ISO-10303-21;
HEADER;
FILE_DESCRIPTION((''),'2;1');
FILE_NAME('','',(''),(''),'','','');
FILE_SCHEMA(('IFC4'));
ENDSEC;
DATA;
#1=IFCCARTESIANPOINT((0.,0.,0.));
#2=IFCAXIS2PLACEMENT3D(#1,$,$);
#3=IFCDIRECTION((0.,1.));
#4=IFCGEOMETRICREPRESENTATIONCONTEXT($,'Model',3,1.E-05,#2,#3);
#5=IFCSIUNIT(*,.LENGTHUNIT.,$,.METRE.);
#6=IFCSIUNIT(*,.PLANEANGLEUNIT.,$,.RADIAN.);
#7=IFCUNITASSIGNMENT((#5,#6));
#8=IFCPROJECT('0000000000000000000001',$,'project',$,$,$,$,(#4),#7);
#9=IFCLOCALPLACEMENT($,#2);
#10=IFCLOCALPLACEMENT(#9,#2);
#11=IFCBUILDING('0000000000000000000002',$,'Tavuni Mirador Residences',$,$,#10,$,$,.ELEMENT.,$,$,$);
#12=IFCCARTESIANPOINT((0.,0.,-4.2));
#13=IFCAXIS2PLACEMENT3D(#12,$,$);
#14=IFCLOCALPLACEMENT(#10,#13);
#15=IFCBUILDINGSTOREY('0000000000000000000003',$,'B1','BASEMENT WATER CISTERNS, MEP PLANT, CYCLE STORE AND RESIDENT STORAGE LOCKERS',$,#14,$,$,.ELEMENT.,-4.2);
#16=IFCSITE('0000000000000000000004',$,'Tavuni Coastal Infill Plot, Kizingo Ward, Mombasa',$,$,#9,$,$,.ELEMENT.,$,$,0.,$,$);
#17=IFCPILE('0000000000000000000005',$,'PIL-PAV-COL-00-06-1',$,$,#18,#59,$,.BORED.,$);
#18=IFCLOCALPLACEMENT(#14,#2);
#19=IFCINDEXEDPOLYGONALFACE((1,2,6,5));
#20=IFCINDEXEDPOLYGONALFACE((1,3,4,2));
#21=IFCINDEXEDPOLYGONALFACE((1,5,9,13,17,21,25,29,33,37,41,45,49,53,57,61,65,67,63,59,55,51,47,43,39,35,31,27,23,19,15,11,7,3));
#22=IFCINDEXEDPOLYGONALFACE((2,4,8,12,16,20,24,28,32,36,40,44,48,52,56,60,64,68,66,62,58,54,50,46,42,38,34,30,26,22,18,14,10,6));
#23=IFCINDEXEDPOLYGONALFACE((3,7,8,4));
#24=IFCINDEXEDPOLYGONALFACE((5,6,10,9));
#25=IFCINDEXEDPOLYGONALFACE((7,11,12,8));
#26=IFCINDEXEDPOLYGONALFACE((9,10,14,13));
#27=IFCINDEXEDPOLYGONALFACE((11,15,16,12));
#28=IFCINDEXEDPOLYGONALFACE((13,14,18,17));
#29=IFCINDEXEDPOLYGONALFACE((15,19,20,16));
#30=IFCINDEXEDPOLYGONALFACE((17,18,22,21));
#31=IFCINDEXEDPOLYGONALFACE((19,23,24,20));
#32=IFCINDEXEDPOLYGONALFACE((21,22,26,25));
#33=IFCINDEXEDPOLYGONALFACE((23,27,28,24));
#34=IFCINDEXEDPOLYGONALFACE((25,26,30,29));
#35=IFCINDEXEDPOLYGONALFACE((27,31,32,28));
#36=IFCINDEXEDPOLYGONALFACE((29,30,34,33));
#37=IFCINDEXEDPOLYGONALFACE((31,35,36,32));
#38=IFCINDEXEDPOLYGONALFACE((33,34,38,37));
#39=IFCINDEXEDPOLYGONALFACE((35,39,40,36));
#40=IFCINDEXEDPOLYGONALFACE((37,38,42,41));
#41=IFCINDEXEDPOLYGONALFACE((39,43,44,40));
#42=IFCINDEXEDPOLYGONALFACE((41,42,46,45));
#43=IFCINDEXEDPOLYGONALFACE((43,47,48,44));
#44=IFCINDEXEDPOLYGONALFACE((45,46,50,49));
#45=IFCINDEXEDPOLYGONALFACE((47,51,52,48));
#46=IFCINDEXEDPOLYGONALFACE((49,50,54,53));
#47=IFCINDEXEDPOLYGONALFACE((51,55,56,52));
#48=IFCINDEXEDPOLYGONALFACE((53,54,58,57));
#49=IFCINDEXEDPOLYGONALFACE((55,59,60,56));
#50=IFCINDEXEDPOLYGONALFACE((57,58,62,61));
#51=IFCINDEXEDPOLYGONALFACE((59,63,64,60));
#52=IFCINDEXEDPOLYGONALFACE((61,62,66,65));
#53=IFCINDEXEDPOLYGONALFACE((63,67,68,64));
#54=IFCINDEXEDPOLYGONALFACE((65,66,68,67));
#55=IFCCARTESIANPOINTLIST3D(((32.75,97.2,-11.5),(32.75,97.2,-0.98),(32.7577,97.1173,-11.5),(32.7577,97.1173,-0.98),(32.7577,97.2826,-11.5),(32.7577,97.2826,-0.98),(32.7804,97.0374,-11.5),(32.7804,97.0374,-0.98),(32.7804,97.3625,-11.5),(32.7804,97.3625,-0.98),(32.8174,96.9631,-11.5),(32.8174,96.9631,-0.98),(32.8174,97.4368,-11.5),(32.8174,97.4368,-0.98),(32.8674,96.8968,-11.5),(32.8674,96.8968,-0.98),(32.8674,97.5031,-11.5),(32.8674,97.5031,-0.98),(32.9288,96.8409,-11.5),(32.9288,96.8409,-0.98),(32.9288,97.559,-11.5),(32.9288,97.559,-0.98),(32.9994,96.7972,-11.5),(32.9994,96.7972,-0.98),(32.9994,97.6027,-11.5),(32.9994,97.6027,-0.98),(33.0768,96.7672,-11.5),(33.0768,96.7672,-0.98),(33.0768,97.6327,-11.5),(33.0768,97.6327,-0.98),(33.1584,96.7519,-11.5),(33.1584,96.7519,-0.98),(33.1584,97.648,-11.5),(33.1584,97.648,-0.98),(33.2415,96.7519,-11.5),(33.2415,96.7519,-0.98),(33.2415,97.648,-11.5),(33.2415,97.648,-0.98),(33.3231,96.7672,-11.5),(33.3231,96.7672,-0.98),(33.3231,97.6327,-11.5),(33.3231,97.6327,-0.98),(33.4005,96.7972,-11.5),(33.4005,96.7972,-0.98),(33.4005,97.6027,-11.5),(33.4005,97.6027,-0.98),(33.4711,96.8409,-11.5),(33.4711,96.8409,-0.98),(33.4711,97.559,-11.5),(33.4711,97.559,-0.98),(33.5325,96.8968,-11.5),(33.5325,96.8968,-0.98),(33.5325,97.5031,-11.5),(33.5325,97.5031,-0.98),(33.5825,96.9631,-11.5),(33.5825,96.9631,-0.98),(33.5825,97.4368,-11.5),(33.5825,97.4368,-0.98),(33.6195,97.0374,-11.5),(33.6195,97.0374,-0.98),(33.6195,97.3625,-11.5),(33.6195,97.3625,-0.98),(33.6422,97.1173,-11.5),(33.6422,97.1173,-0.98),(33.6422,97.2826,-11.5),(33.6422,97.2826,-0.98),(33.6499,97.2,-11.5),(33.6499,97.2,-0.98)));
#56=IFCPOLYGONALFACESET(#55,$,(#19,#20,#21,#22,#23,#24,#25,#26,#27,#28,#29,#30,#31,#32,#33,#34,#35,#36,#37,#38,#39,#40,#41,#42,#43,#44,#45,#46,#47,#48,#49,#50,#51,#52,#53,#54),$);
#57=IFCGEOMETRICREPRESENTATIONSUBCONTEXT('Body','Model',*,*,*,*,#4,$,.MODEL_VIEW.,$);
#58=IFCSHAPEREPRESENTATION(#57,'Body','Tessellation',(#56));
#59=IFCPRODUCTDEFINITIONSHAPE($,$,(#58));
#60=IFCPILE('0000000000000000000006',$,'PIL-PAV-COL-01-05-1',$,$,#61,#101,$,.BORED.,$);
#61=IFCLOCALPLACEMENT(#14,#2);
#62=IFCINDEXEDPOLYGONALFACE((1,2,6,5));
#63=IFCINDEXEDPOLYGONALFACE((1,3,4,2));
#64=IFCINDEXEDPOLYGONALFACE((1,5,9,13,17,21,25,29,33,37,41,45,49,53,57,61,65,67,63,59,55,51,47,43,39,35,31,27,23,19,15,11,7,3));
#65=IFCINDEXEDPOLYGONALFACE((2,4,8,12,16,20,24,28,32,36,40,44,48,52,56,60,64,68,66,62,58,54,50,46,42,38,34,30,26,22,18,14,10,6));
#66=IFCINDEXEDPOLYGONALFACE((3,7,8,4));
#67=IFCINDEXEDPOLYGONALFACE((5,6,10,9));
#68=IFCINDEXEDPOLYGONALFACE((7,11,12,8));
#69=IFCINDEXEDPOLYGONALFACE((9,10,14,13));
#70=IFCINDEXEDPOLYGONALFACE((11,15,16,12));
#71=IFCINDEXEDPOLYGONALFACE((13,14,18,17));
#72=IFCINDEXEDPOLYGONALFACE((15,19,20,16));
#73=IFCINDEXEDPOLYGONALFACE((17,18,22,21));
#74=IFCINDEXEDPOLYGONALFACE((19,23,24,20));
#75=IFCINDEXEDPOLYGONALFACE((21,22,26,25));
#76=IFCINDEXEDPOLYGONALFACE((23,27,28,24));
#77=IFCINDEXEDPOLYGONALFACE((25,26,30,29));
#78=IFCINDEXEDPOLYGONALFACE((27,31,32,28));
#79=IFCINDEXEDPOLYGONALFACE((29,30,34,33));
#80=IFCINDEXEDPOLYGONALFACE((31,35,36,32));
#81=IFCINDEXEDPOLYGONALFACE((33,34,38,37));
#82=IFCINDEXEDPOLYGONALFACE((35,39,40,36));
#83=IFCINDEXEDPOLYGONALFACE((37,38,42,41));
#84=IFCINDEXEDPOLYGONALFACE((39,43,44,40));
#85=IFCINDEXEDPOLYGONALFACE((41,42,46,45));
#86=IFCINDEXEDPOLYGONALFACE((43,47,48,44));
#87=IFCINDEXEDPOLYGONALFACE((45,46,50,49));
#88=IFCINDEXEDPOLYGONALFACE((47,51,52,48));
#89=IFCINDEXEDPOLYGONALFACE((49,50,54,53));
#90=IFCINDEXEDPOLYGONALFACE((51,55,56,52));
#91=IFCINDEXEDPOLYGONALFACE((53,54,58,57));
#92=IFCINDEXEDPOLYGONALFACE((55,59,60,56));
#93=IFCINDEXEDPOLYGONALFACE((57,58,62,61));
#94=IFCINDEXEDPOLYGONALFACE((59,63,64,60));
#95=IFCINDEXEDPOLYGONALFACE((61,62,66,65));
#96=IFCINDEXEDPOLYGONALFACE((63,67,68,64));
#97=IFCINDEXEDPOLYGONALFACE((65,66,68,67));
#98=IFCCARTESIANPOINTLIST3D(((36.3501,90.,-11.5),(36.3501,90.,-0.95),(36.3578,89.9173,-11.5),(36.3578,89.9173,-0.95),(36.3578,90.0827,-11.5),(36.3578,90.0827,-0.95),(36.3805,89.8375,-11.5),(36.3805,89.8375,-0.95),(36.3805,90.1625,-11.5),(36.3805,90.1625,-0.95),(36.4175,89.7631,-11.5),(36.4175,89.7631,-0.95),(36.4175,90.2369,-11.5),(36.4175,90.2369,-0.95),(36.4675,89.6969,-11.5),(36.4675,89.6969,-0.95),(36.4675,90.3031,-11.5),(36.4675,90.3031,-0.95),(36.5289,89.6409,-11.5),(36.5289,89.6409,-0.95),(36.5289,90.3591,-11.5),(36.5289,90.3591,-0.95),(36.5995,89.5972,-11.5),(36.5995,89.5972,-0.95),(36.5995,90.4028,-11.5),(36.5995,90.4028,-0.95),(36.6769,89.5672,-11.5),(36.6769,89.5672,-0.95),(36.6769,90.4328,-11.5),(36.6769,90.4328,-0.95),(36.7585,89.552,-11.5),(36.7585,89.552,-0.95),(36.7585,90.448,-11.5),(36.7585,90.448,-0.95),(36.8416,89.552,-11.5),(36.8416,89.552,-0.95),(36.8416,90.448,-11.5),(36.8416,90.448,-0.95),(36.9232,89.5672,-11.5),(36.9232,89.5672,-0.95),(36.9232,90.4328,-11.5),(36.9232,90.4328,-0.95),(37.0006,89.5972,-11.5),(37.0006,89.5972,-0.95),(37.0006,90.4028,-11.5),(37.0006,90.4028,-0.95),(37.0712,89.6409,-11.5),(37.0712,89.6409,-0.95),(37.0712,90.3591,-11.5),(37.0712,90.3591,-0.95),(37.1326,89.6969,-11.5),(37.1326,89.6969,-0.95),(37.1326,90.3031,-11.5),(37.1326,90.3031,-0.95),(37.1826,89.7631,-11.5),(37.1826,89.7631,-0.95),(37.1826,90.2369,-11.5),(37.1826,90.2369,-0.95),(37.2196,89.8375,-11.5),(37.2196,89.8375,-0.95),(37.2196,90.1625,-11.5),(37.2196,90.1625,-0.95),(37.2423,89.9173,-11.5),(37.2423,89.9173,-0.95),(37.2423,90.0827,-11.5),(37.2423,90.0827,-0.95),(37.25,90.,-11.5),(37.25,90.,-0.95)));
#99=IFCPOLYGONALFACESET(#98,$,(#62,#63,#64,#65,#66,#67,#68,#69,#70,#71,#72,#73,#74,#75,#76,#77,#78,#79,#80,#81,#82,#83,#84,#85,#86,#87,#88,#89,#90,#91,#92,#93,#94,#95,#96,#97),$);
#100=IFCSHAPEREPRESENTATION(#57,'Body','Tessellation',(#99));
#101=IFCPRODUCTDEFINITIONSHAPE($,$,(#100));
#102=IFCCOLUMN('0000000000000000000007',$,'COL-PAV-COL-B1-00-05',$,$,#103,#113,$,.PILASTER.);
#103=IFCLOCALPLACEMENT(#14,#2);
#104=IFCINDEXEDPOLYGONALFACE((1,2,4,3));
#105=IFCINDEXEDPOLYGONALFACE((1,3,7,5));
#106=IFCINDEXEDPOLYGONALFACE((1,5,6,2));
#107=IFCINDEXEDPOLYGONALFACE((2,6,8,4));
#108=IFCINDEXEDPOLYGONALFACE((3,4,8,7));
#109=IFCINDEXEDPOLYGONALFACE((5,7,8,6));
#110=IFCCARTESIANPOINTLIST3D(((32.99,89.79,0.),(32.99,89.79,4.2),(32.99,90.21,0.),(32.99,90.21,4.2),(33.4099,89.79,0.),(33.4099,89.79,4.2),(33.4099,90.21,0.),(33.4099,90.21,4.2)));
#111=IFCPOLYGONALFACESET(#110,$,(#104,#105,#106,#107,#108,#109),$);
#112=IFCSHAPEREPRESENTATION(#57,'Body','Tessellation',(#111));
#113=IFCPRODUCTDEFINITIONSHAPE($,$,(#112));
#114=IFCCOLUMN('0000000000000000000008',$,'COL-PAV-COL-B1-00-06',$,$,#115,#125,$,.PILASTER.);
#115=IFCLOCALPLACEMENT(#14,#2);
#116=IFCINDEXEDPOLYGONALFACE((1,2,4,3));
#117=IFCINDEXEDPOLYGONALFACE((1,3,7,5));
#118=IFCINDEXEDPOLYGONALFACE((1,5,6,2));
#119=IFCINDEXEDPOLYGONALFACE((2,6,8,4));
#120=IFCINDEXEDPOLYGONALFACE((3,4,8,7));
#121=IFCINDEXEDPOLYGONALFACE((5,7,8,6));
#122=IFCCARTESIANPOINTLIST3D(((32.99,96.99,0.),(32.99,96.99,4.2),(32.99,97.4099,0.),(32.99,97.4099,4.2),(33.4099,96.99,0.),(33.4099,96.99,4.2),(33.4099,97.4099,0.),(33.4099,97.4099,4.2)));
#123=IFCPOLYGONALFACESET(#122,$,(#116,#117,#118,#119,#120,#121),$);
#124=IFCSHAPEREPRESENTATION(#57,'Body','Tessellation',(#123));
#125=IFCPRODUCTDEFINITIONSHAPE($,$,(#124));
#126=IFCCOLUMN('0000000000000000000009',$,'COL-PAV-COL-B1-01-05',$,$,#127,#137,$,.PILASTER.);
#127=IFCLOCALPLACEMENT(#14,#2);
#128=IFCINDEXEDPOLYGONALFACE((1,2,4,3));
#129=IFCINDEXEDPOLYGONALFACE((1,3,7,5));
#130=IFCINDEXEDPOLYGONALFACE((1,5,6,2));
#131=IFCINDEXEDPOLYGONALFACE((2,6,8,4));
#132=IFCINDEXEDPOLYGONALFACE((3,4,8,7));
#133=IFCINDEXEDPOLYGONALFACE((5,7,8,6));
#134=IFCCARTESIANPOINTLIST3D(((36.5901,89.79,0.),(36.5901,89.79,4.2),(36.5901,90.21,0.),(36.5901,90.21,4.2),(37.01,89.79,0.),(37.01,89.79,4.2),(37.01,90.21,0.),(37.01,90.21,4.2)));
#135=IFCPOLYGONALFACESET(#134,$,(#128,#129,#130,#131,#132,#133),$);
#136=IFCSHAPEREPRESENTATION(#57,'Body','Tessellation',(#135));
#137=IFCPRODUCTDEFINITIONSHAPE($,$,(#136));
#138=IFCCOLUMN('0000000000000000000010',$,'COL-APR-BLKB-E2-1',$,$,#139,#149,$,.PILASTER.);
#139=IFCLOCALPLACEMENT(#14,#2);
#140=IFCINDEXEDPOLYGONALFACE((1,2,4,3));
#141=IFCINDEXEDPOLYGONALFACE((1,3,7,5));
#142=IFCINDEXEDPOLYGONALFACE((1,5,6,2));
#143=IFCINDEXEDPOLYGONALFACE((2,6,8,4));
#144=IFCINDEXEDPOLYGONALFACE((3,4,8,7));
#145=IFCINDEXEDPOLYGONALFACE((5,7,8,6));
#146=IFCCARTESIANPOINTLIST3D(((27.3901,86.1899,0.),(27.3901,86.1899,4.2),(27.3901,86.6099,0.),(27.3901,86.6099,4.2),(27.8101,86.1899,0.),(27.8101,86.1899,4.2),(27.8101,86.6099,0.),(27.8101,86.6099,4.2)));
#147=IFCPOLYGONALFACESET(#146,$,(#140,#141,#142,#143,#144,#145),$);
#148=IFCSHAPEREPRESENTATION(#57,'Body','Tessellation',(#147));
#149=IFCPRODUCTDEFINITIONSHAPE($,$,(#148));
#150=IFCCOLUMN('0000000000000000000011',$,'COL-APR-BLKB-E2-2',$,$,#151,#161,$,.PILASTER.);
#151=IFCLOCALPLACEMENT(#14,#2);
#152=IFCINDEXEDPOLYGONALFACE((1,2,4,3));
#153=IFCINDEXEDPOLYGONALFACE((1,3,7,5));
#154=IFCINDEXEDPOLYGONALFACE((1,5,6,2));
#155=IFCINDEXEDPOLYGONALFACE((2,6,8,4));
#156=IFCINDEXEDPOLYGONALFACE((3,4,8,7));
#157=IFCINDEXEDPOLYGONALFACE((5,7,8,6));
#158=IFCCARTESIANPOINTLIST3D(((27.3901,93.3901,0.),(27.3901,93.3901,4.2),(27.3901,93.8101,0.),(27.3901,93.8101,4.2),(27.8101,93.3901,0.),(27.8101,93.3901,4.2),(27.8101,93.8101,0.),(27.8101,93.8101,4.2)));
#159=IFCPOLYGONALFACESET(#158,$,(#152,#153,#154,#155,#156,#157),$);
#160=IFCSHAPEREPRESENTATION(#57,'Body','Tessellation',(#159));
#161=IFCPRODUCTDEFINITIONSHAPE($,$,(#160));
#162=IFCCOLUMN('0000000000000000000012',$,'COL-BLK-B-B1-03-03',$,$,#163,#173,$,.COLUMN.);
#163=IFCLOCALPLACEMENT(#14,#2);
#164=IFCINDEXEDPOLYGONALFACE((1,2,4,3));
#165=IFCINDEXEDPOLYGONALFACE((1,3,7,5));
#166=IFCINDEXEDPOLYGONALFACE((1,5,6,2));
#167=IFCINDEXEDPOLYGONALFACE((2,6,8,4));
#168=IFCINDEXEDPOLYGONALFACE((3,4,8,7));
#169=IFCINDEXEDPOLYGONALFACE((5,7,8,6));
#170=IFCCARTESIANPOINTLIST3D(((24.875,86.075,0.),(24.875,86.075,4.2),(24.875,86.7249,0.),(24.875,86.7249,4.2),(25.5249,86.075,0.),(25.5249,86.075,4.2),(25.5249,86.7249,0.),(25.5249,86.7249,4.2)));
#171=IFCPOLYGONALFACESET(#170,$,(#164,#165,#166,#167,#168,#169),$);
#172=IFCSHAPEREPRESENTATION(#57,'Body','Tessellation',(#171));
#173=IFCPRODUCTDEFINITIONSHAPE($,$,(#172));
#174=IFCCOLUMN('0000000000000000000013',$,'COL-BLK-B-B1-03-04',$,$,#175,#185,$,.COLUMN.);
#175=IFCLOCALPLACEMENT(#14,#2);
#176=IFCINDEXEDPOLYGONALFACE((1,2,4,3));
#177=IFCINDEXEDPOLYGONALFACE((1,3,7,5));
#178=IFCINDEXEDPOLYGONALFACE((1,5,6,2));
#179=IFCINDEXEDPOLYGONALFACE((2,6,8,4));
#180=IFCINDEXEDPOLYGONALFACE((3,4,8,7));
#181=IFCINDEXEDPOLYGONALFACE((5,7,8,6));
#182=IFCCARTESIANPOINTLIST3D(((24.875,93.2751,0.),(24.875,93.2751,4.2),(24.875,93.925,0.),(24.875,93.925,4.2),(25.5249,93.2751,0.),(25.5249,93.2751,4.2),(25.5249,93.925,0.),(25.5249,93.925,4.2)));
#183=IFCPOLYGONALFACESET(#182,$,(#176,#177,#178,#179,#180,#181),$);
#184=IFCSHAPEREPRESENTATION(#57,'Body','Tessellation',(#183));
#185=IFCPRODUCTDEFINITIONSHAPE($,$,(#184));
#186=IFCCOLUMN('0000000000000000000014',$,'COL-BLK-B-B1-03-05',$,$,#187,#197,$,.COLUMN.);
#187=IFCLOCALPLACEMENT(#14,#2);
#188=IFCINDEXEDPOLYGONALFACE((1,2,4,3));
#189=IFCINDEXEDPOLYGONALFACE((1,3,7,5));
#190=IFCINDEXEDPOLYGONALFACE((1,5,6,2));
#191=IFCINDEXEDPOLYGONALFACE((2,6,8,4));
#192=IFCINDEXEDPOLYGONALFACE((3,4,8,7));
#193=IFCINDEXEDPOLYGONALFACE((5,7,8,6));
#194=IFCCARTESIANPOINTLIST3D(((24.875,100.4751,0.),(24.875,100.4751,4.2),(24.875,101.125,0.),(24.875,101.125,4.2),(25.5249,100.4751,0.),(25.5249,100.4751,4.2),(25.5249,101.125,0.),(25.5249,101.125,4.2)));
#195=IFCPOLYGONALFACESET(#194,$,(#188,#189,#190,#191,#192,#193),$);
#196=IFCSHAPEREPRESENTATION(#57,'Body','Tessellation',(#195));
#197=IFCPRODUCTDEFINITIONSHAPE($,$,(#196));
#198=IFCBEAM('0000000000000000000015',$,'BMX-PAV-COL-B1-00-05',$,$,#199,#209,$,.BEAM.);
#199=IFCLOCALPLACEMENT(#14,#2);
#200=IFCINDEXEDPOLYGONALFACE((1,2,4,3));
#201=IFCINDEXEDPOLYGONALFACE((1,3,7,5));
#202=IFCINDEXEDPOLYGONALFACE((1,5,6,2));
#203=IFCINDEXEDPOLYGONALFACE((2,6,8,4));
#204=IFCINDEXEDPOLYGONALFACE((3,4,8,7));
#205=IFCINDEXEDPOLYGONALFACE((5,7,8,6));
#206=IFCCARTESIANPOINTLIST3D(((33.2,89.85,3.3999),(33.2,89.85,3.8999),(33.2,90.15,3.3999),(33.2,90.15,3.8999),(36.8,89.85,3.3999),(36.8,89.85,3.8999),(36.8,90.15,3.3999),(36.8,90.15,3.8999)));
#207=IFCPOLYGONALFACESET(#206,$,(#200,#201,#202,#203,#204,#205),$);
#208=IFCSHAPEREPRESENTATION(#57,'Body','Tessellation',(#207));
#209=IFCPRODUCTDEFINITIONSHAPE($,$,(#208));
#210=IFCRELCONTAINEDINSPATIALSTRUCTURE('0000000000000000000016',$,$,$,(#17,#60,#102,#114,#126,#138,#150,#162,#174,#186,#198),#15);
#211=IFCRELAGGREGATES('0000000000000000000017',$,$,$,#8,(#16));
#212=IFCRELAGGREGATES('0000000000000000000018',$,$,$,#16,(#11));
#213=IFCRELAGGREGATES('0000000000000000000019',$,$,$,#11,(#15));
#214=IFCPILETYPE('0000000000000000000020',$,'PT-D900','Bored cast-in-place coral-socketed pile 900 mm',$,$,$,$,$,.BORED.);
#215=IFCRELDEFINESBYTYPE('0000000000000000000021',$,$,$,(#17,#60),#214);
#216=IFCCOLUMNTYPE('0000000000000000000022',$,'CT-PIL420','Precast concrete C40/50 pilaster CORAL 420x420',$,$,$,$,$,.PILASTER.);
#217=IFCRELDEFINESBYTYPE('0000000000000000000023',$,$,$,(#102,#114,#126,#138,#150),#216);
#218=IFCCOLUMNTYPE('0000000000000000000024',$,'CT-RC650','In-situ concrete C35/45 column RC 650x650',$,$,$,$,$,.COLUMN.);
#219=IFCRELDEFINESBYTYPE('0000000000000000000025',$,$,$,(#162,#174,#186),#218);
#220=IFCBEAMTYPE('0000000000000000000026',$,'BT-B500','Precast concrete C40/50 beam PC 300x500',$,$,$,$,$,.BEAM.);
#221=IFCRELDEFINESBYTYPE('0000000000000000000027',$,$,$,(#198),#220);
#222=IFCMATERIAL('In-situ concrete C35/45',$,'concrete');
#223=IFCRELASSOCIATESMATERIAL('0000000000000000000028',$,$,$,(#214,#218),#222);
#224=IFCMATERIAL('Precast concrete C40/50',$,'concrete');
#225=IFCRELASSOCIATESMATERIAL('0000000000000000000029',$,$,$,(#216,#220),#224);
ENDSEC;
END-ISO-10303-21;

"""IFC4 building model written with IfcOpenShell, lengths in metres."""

from ifc_helpers import new_model, si_unit, direction, frame, origin, origin_2d, place, context, subcontext, project, spatial, rectangle, circle, extrude, material, material_profile, profile_set, type_object, element, save


model = new_model("IFC4")

# Units and contexts
model_context = context("Model", 3, precision=1e-05, world=origin(), true_north=direction((0.0, 1.0)))
body_context = subcontext(model_context, "Body", "Model", "MODEL_VIEW")
ifc_project = project(units=[si_unit("LENGTHUNIT", "METRE"), si_unit("PLANEANGLEUNIT", "RADIAN")], contexts=[model_context])

# Site, building, storey
site_placement = place(None, origin())
site = spatial("IfcSite", under=ifc_project, at=site_placement, Name="Tavuni Coastal Infill Plot, Kizingo Ward, Mombasa", CompositionType="ELEMENT", RefElevation=0.0)
building_placement = place(site_placement, origin())
building = spatial("IfcBuilding", under=site, at=building_placement, Name="Tavuni Mirador Residences", CompositionType="ELEMENT")
storey_placement = place(building_placement, frame((0.0, 0.0, -4.2)))
storey = spatial("IfcBuildingStorey", under=building, at=storey_placement, Name="B1", Description="BASEMENT WATER CISTERNS, MEP PLANT, CYCLE STORE AND RESIDENT STORAGE LOCKERS", CompositionType="ELEMENT", Elevation=-4.2)

# Shared definitions
ifc_material_1 = material(Name="In-situ concrete C35/45", Category="concrete")

# Piles
ifc_material_profile_1 = material_profile(ifc_material_1, circle(Radius=0.45, at=origin_2d()), Name="PILE D900", Category="concrete")
ifc_profile_set_1 = profile_set([ifc_material_profile_1], Name="In-situ concrete C35/45")
pile_type_1 = type_object("IfcPileType", Name="PT-D900", Description="Bored cast-in-place coral-socketed pile 900 mm", PredefinedType="BORED", material=ifc_profile_set_1)
pile_1_placement = place(storey_placement, frame((33.2, 97.2, -0.98), z_axis=(0.0, 0.0, -1.0), x_axis=(1.0, 0.0, 0.0)))
element("IfcPile", 1, at=pile_1_placement, inside=storey, type_object=pile_type_1, Name="PIL-PAV-COL-00-06-1", PredefinedType="BORED", context=body_context, shape_type="SweptSolid", body=[
    extrude(circle(Radius=0.45, at=origin_2d()), origin(), (0.0, 0.0, 1.0), 10.52),
])
pile_2_placement = place(storey_placement, frame((36.8, 90.0, -0.95), z_axis=(0.0, 0.0, -1.0), x_axis=(1.0, 0.0, 0.0)))
element("IfcPile", 2, at=pile_2_placement, inside=storey, type_object=pile_type_1, Name="PIL-PAV-COL-01-05-1", PredefinedType="BORED", context=body_context, shape_type="SweptSolid", body=[
    extrude(circle(Radius=0.45, at=origin_2d()), origin(), (0.0, 0.0, 1.0), 10.55),
])

# Columns
ifc_material_2 = material(Name="Precast concrete C40/50", Category="concrete")
ifc_material_profile_2 = material_profile(ifc_material_2, rectangle(XDim=0.4199, YDim=0.4199, at=origin_2d()), Name="CORAL 420x420", Category="concrete")
ifc_profile_set_2 = profile_set([ifc_material_profile_2], Name="Precast concrete C40/50")
column_type_1 = type_object("IfcColumnType", Name="CT-PIL420", Description="Precast concrete C40/50 pilaster CORAL 420x420", PredefinedType="PILASTER", material=ifc_profile_set_2)
for number, where, z_axis, x_axis, name in (
    (3, (33.2, 90.0, 0.0), (0.0, 0.0, 1.0), (1.0, 0.0, 0.0), "COL-PAV-COL-B1-00-05"),
    (4, (33.2, 97.2, 0.0), (0.0, 0.0, 1.0), (1.0, 0.0, 0.0), "COL-PAV-COL-B1-00-06"),
    (5, (36.8, 90.0, 0.0), (0.0, 0.0, 1.0), (1.0, 0.0, 0.0), "COL-PAV-COL-B1-01-05"),
    (6, (27.6001, 86.3999, 0.0), (0.0, 0.0, 1.0), (1.0, 0.0, 0.0), "COL-APR-BLKB-E2-1"),
    (7, (27.6001, 93.6001, 0.0), (0.0, 0.0, 1.0), (1.0, 0.0, 0.0), "COL-APR-BLKB-E2-2"),
):
    element("IfcColumn", number, at=place(storey_placement, frame(where, z_axis=z_axis, x_axis=x_axis)), inside=storey, type_object=column_type_1, Name=name, PredefinedType="PILASTER", context=body_context, shape_type="SweptSolid", body=[
        extrude(rectangle(XDim=0.4199, YDim=0.4199, at=origin_2d()), origin(), (0.0, 0.0, 1.0), 4.2),
    ])
ifc_material_profile_3 = material_profile(ifc_material_1, rectangle(XDim=0.6499, YDim=0.6499, at=origin_2d()), Name="RC 650x650", Category="concrete")
ifc_profile_set_3 = profile_set([ifc_material_profile_3], Name="In-situ concrete C35/45")
column_type_2 = type_object("IfcColumnType", Name="CT-RC650", Description="In-situ concrete C35/45 column RC 650x650", PredefinedType="COLUMN", material=ifc_profile_set_3)
for number, where, z_axis, x_axis, name in (
    (8, (25.2, 86.3999, 0.0), (0.0, 0.0, 1.0), (1.0, 0.0, 0.0), "COL-BLK-B-B1-03-03"),
    (9, (25.2, 93.6001, 0.0), (0.0, 0.0, 1.0), (1.0, 0.0, 0.0), "COL-BLK-B-B1-03-04"),
    (10, (25.2, 100.8, 0.0), (0.0, 0.0, 1.0), (1.0, 0.0, 0.0), "COL-BLK-B-B1-03-05"),
):
    element("IfcColumn", number, at=place(storey_placement, frame(where, z_axis=z_axis, x_axis=x_axis)), inside=storey, type_object=column_type_2, Name=name, PredefinedType="COLUMN", context=body_context, shape_type="SweptSolid", body=[
        extrude(rectangle(XDim=0.6499, YDim=0.6499, at=origin_2d()), origin(), (0.0, 0.0, 1.0), 4.2),
    ])

# Beam
ifc_material_profile_4 = material_profile(ifc_material_2, rectangle(XDim=0.3, YDim=0.5, at=origin_2d()), Name="PC 300x500", Category="concrete")
ifc_profile_set_4 = profile_set([ifc_material_profile_4], Name="Precast concrete C40/50")
beam_type_1 = type_object("IfcBeamType", Name="BT-B500", Description="Precast concrete C40/50 beam PC 300x500", PredefinedType="BEAM", material=ifc_profile_set_4)
for number, where, z_axis, x_axis, name in (
    (11, (33.2, 90.0, 3.6499), (1.0, 0.0, 0.0), (0.0, 1.0, 0.0), "BMX-PAV-COL-B1-00-05"),
):
    element("IfcBeam", number, at=place(storey_placement, frame(where, z_axis=z_axis, x_axis=x_axis)), inside=storey, type_object=beam_type_1, Name=name, PredefinedType="BEAM", context=body_context, shape_type="SweptSolid", body=[
        extrude(rectangle(XDim=0.3, YDim=0.5, at=origin_2d()), origin(), (0.0, 0.0, 1.0), 3.6001),
    ])

save(model, "model.ifc")
